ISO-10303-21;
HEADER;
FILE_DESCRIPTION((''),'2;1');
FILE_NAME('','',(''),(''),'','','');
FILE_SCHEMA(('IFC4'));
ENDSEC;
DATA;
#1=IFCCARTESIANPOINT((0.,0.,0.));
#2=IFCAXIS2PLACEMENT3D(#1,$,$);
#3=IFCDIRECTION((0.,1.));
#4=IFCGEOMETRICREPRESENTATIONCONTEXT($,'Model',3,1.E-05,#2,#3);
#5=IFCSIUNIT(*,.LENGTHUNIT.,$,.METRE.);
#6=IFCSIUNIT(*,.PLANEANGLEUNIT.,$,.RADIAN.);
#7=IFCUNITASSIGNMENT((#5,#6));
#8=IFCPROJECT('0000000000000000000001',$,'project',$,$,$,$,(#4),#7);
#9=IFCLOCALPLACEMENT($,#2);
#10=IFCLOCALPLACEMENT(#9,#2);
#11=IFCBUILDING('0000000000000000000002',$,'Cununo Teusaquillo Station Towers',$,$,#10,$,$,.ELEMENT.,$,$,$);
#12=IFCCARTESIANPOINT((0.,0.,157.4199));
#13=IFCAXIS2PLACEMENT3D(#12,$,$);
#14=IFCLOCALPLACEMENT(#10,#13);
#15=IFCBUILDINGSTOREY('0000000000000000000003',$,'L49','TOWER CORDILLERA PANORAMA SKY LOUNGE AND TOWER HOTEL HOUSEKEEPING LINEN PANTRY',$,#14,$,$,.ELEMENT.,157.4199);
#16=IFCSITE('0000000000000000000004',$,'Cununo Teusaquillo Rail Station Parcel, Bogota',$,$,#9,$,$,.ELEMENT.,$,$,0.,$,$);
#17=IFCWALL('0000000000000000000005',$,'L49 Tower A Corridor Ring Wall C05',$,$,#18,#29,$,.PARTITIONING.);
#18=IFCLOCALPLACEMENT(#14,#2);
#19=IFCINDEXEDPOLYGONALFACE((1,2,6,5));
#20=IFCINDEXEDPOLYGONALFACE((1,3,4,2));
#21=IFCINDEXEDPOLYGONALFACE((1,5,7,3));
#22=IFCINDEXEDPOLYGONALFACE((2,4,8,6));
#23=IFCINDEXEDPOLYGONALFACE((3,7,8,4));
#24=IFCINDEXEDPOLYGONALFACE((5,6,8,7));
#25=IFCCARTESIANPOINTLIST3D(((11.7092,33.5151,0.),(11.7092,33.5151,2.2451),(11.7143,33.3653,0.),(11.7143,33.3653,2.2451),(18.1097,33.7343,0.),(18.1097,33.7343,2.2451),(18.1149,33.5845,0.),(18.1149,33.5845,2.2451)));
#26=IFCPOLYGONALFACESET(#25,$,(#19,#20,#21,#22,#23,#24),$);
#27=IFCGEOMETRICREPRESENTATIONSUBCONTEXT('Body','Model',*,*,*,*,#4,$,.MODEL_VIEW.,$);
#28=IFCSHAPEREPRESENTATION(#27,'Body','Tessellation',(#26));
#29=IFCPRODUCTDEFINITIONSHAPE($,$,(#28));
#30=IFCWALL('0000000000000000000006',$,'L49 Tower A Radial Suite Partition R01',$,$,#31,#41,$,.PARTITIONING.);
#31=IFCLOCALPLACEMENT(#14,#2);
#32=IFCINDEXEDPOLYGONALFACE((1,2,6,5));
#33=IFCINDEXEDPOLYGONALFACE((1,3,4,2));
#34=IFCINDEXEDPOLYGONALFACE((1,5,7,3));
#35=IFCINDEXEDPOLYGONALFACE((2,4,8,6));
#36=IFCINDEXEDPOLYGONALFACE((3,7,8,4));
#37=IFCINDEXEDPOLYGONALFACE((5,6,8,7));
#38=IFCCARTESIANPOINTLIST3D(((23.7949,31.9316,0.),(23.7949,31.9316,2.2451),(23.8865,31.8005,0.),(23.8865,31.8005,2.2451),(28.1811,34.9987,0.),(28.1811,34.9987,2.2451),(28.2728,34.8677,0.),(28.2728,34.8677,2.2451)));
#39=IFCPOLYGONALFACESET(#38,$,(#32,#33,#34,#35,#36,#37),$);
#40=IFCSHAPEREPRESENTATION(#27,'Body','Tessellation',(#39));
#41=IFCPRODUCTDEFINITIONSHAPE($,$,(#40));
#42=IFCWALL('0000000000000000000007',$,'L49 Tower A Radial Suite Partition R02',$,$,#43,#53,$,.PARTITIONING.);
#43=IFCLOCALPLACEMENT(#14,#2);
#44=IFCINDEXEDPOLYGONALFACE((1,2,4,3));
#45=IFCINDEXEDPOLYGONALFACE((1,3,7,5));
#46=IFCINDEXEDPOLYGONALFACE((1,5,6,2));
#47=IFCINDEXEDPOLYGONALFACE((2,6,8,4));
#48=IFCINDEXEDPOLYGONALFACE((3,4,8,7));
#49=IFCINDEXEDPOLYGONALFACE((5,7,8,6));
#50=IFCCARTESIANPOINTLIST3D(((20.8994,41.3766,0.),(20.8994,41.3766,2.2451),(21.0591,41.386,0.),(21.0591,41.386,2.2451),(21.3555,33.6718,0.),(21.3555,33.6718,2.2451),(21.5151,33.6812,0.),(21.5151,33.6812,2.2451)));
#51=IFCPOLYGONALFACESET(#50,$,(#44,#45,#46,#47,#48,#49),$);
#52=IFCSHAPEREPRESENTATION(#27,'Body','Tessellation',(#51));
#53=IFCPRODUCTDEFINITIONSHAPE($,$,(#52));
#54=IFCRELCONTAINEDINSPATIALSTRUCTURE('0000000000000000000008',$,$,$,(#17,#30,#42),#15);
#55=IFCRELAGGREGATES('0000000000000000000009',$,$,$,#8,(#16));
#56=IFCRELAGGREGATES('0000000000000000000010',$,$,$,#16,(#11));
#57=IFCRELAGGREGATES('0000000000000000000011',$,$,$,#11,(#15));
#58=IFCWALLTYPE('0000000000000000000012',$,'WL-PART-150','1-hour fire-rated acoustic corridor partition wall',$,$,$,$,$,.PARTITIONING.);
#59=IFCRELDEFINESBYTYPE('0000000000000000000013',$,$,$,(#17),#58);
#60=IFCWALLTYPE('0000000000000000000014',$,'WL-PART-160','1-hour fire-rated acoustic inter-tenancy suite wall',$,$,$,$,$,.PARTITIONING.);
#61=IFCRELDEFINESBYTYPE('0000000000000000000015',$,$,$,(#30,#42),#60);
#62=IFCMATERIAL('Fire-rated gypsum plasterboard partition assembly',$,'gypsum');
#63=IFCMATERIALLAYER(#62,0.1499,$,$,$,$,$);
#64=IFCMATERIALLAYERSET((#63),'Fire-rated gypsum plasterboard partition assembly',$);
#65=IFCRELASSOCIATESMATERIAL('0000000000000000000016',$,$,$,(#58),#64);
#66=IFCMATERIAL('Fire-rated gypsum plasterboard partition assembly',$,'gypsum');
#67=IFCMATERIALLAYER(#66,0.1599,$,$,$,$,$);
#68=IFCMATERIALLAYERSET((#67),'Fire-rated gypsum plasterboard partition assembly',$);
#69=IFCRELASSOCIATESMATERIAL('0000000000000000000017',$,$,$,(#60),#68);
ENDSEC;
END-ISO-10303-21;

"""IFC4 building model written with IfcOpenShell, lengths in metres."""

from ifc_helpers import new_model, si_unit, direction, frame, frame_2d, origin, place, context, subcontext, project, spatial, rectangle, extrude, material, layer, layer_set, type_object, element, save


model = new_model("IFC4")

# Units and contexts
model_context = context("Model", 3, precision=1e-05, world=origin(), true_north=direction((0.0, 1.0)))
body_context = subcontext(model_context, "Body", "Model", "MODEL_VIEW")
ifc_project = project(units=[si_unit("LENGTHUNIT", "METRE"), si_unit("PLANEANGLEUNIT", "RADIAN")], contexts=[model_context])

# Site, building, storey
site_placement = place(None, origin())
site = spatial("IfcSite", under=ifc_project, at=site_placement, Name="Cununo Teusaquillo Rail Station Parcel, Bogota", CompositionType="ELEMENT", RefElevation=0.0)
building_placement = place(site_placement, origin())
building = spatial("IfcBuilding", under=site, at=building_placement, Name="Cununo Teusaquillo Station Towers", CompositionType="ELEMENT")
storey_placement = place(building_placement, frame((0.0, 0.0, 157.4199)))
storey = spatial("IfcBuildingStorey", under=building, at=storey_placement, Name="L49", Description="TOWER CORDILLERA PANORAMA SKY LOUNGE AND TOWER HOTEL HOUSEKEEPING LINEN PANTRY", CompositionType="ELEMENT", Elevation=157.4199)

# Shared definitions
ifc_material_1 = material(Name="Fire-rated gypsum plasterboard partition assembly", Category="gypsum")
ifc_layer_1 = layer(ifc_material_1, 0.1499)
ifc_layer_set_1 = layer_set([ifc_layer_1], Name="Fire-rated gypsum plasterboard partition assembly")
wall_type_1 = type_object("IfcWallType", Name="WL-PART-150", Description="1-hour fire-rated acoustic corridor partition wall", PredefinedType="PARTITIONING", material=ifc_layer_set_1)

# Walls
wall_1_placement = place(storey_placement, frame((18.1123, 33.6594, 0.0), z_axis=(0.0, 0.0, 1.0), x_axis=(-0.999414, -0.034233, 0.0)))
element("IfcWall", 1, at=wall_1_placement, inside=storey, type_object=wall_type_1, Name="L49 Tower A Corridor Ring Wall C05", PredefinedType="PARTITIONING", context=body_context, shape_type="SweptSolid", body=[
    extrude(rectangle(XDim=6.4043, YDim=0.1499, at=frame_2d((3.2021, 0.0))), origin(), (0.0, 0.0, 1.0), 2.2451),
])
ifc_material_2 = material(Name="Fire-rated gypsum plasterboard partition assembly", Category="gypsum")
ifc_layer_2 = layer(ifc_material_2, 0.1599)
ifc_layer_set_2 = layer_set([ifc_layer_2], Name="Fire-rated gypsum plasterboard partition assembly")
wall_type_2 = type_object("IfcWallType", Name="WL-PART-160", Description="1-hour fire-rated acoustic inter-tenancy suite wall", PredefinedType="PARTITIONING", material=ifc_layer_set_2)
wall_2_placement = place(storey_placement, frame((23.8406, 31.866, 0.0), z_axis=(0.0, 0.0, 1.0), x_axis=(0.819515, 0.573058, 0.0)))
element("IfcWall", 2, at=wall_2_placement, inside=storey, type_object=wall_type_2, Name="L49 Tower A Radial Suite Partition R01", PredefinedType="PARTITIONING", context=body_context, shape_type="SweptSolid", body=[
    extrude(rectangle(XDim=5.3523, YDim=0.1599, at=frame_2d((2.6763, 0.0))), origin(), (0.0, 0.0, 1.0), 2.2451),
])
wall_3_placement = place(storey_placement, frame((21.4353, 33.6765, 0.0), z_axis=(0.0, 0.0, 1.0), x_axis=(-0.059087, 0.998253, 0.0)))
element("IfcWall", 3, at=wall_3_placement, inside=storey, type_object=wall_type_2, Name="L49 Tower A Radial Suite Partition R02", PredefinedType="PARTITIONING", context=body_context, shape_type="SweptSolid", body=[
    extrude(rectangle(XDim=7.7183, YDim=0.1599, at=frame_2d((3.8591, 0.0))), origin(), (0.0, 0.0, 1.0), 2.2451),
])

save(model, "model.ifc")
